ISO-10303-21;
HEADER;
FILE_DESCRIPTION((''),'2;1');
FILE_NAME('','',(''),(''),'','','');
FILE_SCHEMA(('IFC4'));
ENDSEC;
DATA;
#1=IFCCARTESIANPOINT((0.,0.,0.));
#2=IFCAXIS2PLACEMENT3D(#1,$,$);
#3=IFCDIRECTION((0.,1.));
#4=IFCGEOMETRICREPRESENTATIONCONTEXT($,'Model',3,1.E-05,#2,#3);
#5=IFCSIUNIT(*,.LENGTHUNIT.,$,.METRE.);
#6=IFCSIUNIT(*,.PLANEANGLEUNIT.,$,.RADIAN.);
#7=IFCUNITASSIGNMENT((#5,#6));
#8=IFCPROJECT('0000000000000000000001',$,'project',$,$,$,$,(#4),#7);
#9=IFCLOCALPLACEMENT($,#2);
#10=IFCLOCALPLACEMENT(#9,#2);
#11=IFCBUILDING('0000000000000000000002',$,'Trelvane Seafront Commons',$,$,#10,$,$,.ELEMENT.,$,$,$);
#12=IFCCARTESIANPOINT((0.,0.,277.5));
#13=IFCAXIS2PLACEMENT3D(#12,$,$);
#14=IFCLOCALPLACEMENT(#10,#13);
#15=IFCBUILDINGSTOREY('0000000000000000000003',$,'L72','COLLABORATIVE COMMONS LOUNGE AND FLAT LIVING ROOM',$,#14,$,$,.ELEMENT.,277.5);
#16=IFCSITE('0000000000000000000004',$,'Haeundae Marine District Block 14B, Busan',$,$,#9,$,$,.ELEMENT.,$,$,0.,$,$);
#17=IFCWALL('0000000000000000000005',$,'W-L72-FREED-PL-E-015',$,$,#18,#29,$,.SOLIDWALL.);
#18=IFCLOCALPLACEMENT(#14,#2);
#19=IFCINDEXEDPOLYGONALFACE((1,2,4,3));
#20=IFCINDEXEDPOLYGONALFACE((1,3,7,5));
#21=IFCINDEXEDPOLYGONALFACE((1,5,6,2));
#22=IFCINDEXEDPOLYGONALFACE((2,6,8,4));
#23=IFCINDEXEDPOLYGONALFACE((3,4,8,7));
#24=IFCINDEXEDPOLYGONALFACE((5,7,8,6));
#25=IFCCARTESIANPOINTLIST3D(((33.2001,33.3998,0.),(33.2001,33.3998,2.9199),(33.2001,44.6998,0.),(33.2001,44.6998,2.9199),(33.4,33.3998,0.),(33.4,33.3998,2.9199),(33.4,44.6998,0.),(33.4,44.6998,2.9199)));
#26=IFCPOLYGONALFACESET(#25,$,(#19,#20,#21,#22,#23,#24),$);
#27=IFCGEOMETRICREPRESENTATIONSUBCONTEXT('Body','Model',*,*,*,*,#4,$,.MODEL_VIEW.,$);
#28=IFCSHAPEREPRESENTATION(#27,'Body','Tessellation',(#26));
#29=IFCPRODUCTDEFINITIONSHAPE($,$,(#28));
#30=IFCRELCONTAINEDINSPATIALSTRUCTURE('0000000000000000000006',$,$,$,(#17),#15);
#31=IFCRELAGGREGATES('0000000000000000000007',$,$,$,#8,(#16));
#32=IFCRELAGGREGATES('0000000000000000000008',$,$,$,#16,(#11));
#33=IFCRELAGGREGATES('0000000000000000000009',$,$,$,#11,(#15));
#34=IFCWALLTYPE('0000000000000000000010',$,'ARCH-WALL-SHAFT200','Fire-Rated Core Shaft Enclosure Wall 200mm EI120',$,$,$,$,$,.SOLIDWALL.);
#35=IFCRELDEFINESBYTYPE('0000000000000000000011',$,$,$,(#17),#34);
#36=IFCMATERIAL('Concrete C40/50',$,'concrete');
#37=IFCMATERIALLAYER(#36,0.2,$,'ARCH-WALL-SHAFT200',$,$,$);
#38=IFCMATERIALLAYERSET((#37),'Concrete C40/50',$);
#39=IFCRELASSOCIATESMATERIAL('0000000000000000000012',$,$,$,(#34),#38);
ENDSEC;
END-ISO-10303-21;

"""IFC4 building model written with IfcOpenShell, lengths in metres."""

from ifc_helpers import new_model, si_unit, direction, frame, frame_2d, origin, place, context, subcontext, project, spatial, rectangle, extrude, material, layer, layer_set, type_object, element, save


model = new_model("IFC4")

# Units and contexts
model_context = context("Model", 3, precision=1e-05, world=origin(), true_north=direction((0.0, 1.0)))
body_context = subcontext(model_context, "Body", "Model", "MODEL_VIEW")
ifc_project = project(units=[si_unit("LENGTHUNIT", "METRE"), si_unit("PLANEANGLEUNIT", "RADIAN")], contexts=[model_context])

# Site, building, storey
site_placement = place(None, origin())
site = spatial("IfcSite", under=ifc_project, at=site_placement, Name="Haeundae Marine District Block 14B, Busan", CompositionType="ELEMENT", RefElevation=0.0)
building_placement = place(site_placement, origin())
building = spatial("IfcBuilding", under=site, at=building_placement, Name="Trelvane Seafront Commons", CompositionType="ELEMENT")
storey_placement = place(building_placement, frame((0.0, 0.0, 277.5)))
storey = spatial("IfcBuildingStorey", under=building, at=storey_placement, Name="L72", Description="COLLABORATIVE COMMONS LOUNGE AND FLAT LIVING ROOM", CompositionType="ELEMENT", Elevation=277.5)

# Shared definitions
ifc_material_1 = material(Name="Concrete C40/50", Category="concrete")

# Wall
ifc_layer_1 = layer(ifc_material_1, 0.2, Name="ARCH-WALL-SHAFT200")
ifc_layer_set_1 = layer_set([ifc_layer_1], Name="Concrete C40/50")
wall_type_1 = type_object("IfcWallType", Name="ARCH-WALL-SHAFT200", Description="Fire-Rated Core Shaft Enclosure Wall 200mm EI120", PredefinedType="SOLIDWALL", material=ifc_layer_set_1)
for number, where, z_axis, x_axis, name in (
    (1, (33.3, 33.3999, 0.0), (0.0, 0.0, 1.0), (0.0, 1.0, 0.0), "W-L72-FREED-PL-E-015"),
):
    element("IfcWall", number, at=place(storey_placement, frame(where, z_axis=z_axis, x_axis=x_axis)), inside=storey, type_object=wall_type_1, Name=name, PredefinedType="SOLIDWALL", context=body_context, shape_type="SweptSolid", body=[
        extrude(rectangle(XDim=11.3, YDim=0.2, at=frame_2d((5.6499, 0.0))), origin(), (0.0, 0.0, 1.0), 2.9199),
    ])

save(model, "model.ifc")
